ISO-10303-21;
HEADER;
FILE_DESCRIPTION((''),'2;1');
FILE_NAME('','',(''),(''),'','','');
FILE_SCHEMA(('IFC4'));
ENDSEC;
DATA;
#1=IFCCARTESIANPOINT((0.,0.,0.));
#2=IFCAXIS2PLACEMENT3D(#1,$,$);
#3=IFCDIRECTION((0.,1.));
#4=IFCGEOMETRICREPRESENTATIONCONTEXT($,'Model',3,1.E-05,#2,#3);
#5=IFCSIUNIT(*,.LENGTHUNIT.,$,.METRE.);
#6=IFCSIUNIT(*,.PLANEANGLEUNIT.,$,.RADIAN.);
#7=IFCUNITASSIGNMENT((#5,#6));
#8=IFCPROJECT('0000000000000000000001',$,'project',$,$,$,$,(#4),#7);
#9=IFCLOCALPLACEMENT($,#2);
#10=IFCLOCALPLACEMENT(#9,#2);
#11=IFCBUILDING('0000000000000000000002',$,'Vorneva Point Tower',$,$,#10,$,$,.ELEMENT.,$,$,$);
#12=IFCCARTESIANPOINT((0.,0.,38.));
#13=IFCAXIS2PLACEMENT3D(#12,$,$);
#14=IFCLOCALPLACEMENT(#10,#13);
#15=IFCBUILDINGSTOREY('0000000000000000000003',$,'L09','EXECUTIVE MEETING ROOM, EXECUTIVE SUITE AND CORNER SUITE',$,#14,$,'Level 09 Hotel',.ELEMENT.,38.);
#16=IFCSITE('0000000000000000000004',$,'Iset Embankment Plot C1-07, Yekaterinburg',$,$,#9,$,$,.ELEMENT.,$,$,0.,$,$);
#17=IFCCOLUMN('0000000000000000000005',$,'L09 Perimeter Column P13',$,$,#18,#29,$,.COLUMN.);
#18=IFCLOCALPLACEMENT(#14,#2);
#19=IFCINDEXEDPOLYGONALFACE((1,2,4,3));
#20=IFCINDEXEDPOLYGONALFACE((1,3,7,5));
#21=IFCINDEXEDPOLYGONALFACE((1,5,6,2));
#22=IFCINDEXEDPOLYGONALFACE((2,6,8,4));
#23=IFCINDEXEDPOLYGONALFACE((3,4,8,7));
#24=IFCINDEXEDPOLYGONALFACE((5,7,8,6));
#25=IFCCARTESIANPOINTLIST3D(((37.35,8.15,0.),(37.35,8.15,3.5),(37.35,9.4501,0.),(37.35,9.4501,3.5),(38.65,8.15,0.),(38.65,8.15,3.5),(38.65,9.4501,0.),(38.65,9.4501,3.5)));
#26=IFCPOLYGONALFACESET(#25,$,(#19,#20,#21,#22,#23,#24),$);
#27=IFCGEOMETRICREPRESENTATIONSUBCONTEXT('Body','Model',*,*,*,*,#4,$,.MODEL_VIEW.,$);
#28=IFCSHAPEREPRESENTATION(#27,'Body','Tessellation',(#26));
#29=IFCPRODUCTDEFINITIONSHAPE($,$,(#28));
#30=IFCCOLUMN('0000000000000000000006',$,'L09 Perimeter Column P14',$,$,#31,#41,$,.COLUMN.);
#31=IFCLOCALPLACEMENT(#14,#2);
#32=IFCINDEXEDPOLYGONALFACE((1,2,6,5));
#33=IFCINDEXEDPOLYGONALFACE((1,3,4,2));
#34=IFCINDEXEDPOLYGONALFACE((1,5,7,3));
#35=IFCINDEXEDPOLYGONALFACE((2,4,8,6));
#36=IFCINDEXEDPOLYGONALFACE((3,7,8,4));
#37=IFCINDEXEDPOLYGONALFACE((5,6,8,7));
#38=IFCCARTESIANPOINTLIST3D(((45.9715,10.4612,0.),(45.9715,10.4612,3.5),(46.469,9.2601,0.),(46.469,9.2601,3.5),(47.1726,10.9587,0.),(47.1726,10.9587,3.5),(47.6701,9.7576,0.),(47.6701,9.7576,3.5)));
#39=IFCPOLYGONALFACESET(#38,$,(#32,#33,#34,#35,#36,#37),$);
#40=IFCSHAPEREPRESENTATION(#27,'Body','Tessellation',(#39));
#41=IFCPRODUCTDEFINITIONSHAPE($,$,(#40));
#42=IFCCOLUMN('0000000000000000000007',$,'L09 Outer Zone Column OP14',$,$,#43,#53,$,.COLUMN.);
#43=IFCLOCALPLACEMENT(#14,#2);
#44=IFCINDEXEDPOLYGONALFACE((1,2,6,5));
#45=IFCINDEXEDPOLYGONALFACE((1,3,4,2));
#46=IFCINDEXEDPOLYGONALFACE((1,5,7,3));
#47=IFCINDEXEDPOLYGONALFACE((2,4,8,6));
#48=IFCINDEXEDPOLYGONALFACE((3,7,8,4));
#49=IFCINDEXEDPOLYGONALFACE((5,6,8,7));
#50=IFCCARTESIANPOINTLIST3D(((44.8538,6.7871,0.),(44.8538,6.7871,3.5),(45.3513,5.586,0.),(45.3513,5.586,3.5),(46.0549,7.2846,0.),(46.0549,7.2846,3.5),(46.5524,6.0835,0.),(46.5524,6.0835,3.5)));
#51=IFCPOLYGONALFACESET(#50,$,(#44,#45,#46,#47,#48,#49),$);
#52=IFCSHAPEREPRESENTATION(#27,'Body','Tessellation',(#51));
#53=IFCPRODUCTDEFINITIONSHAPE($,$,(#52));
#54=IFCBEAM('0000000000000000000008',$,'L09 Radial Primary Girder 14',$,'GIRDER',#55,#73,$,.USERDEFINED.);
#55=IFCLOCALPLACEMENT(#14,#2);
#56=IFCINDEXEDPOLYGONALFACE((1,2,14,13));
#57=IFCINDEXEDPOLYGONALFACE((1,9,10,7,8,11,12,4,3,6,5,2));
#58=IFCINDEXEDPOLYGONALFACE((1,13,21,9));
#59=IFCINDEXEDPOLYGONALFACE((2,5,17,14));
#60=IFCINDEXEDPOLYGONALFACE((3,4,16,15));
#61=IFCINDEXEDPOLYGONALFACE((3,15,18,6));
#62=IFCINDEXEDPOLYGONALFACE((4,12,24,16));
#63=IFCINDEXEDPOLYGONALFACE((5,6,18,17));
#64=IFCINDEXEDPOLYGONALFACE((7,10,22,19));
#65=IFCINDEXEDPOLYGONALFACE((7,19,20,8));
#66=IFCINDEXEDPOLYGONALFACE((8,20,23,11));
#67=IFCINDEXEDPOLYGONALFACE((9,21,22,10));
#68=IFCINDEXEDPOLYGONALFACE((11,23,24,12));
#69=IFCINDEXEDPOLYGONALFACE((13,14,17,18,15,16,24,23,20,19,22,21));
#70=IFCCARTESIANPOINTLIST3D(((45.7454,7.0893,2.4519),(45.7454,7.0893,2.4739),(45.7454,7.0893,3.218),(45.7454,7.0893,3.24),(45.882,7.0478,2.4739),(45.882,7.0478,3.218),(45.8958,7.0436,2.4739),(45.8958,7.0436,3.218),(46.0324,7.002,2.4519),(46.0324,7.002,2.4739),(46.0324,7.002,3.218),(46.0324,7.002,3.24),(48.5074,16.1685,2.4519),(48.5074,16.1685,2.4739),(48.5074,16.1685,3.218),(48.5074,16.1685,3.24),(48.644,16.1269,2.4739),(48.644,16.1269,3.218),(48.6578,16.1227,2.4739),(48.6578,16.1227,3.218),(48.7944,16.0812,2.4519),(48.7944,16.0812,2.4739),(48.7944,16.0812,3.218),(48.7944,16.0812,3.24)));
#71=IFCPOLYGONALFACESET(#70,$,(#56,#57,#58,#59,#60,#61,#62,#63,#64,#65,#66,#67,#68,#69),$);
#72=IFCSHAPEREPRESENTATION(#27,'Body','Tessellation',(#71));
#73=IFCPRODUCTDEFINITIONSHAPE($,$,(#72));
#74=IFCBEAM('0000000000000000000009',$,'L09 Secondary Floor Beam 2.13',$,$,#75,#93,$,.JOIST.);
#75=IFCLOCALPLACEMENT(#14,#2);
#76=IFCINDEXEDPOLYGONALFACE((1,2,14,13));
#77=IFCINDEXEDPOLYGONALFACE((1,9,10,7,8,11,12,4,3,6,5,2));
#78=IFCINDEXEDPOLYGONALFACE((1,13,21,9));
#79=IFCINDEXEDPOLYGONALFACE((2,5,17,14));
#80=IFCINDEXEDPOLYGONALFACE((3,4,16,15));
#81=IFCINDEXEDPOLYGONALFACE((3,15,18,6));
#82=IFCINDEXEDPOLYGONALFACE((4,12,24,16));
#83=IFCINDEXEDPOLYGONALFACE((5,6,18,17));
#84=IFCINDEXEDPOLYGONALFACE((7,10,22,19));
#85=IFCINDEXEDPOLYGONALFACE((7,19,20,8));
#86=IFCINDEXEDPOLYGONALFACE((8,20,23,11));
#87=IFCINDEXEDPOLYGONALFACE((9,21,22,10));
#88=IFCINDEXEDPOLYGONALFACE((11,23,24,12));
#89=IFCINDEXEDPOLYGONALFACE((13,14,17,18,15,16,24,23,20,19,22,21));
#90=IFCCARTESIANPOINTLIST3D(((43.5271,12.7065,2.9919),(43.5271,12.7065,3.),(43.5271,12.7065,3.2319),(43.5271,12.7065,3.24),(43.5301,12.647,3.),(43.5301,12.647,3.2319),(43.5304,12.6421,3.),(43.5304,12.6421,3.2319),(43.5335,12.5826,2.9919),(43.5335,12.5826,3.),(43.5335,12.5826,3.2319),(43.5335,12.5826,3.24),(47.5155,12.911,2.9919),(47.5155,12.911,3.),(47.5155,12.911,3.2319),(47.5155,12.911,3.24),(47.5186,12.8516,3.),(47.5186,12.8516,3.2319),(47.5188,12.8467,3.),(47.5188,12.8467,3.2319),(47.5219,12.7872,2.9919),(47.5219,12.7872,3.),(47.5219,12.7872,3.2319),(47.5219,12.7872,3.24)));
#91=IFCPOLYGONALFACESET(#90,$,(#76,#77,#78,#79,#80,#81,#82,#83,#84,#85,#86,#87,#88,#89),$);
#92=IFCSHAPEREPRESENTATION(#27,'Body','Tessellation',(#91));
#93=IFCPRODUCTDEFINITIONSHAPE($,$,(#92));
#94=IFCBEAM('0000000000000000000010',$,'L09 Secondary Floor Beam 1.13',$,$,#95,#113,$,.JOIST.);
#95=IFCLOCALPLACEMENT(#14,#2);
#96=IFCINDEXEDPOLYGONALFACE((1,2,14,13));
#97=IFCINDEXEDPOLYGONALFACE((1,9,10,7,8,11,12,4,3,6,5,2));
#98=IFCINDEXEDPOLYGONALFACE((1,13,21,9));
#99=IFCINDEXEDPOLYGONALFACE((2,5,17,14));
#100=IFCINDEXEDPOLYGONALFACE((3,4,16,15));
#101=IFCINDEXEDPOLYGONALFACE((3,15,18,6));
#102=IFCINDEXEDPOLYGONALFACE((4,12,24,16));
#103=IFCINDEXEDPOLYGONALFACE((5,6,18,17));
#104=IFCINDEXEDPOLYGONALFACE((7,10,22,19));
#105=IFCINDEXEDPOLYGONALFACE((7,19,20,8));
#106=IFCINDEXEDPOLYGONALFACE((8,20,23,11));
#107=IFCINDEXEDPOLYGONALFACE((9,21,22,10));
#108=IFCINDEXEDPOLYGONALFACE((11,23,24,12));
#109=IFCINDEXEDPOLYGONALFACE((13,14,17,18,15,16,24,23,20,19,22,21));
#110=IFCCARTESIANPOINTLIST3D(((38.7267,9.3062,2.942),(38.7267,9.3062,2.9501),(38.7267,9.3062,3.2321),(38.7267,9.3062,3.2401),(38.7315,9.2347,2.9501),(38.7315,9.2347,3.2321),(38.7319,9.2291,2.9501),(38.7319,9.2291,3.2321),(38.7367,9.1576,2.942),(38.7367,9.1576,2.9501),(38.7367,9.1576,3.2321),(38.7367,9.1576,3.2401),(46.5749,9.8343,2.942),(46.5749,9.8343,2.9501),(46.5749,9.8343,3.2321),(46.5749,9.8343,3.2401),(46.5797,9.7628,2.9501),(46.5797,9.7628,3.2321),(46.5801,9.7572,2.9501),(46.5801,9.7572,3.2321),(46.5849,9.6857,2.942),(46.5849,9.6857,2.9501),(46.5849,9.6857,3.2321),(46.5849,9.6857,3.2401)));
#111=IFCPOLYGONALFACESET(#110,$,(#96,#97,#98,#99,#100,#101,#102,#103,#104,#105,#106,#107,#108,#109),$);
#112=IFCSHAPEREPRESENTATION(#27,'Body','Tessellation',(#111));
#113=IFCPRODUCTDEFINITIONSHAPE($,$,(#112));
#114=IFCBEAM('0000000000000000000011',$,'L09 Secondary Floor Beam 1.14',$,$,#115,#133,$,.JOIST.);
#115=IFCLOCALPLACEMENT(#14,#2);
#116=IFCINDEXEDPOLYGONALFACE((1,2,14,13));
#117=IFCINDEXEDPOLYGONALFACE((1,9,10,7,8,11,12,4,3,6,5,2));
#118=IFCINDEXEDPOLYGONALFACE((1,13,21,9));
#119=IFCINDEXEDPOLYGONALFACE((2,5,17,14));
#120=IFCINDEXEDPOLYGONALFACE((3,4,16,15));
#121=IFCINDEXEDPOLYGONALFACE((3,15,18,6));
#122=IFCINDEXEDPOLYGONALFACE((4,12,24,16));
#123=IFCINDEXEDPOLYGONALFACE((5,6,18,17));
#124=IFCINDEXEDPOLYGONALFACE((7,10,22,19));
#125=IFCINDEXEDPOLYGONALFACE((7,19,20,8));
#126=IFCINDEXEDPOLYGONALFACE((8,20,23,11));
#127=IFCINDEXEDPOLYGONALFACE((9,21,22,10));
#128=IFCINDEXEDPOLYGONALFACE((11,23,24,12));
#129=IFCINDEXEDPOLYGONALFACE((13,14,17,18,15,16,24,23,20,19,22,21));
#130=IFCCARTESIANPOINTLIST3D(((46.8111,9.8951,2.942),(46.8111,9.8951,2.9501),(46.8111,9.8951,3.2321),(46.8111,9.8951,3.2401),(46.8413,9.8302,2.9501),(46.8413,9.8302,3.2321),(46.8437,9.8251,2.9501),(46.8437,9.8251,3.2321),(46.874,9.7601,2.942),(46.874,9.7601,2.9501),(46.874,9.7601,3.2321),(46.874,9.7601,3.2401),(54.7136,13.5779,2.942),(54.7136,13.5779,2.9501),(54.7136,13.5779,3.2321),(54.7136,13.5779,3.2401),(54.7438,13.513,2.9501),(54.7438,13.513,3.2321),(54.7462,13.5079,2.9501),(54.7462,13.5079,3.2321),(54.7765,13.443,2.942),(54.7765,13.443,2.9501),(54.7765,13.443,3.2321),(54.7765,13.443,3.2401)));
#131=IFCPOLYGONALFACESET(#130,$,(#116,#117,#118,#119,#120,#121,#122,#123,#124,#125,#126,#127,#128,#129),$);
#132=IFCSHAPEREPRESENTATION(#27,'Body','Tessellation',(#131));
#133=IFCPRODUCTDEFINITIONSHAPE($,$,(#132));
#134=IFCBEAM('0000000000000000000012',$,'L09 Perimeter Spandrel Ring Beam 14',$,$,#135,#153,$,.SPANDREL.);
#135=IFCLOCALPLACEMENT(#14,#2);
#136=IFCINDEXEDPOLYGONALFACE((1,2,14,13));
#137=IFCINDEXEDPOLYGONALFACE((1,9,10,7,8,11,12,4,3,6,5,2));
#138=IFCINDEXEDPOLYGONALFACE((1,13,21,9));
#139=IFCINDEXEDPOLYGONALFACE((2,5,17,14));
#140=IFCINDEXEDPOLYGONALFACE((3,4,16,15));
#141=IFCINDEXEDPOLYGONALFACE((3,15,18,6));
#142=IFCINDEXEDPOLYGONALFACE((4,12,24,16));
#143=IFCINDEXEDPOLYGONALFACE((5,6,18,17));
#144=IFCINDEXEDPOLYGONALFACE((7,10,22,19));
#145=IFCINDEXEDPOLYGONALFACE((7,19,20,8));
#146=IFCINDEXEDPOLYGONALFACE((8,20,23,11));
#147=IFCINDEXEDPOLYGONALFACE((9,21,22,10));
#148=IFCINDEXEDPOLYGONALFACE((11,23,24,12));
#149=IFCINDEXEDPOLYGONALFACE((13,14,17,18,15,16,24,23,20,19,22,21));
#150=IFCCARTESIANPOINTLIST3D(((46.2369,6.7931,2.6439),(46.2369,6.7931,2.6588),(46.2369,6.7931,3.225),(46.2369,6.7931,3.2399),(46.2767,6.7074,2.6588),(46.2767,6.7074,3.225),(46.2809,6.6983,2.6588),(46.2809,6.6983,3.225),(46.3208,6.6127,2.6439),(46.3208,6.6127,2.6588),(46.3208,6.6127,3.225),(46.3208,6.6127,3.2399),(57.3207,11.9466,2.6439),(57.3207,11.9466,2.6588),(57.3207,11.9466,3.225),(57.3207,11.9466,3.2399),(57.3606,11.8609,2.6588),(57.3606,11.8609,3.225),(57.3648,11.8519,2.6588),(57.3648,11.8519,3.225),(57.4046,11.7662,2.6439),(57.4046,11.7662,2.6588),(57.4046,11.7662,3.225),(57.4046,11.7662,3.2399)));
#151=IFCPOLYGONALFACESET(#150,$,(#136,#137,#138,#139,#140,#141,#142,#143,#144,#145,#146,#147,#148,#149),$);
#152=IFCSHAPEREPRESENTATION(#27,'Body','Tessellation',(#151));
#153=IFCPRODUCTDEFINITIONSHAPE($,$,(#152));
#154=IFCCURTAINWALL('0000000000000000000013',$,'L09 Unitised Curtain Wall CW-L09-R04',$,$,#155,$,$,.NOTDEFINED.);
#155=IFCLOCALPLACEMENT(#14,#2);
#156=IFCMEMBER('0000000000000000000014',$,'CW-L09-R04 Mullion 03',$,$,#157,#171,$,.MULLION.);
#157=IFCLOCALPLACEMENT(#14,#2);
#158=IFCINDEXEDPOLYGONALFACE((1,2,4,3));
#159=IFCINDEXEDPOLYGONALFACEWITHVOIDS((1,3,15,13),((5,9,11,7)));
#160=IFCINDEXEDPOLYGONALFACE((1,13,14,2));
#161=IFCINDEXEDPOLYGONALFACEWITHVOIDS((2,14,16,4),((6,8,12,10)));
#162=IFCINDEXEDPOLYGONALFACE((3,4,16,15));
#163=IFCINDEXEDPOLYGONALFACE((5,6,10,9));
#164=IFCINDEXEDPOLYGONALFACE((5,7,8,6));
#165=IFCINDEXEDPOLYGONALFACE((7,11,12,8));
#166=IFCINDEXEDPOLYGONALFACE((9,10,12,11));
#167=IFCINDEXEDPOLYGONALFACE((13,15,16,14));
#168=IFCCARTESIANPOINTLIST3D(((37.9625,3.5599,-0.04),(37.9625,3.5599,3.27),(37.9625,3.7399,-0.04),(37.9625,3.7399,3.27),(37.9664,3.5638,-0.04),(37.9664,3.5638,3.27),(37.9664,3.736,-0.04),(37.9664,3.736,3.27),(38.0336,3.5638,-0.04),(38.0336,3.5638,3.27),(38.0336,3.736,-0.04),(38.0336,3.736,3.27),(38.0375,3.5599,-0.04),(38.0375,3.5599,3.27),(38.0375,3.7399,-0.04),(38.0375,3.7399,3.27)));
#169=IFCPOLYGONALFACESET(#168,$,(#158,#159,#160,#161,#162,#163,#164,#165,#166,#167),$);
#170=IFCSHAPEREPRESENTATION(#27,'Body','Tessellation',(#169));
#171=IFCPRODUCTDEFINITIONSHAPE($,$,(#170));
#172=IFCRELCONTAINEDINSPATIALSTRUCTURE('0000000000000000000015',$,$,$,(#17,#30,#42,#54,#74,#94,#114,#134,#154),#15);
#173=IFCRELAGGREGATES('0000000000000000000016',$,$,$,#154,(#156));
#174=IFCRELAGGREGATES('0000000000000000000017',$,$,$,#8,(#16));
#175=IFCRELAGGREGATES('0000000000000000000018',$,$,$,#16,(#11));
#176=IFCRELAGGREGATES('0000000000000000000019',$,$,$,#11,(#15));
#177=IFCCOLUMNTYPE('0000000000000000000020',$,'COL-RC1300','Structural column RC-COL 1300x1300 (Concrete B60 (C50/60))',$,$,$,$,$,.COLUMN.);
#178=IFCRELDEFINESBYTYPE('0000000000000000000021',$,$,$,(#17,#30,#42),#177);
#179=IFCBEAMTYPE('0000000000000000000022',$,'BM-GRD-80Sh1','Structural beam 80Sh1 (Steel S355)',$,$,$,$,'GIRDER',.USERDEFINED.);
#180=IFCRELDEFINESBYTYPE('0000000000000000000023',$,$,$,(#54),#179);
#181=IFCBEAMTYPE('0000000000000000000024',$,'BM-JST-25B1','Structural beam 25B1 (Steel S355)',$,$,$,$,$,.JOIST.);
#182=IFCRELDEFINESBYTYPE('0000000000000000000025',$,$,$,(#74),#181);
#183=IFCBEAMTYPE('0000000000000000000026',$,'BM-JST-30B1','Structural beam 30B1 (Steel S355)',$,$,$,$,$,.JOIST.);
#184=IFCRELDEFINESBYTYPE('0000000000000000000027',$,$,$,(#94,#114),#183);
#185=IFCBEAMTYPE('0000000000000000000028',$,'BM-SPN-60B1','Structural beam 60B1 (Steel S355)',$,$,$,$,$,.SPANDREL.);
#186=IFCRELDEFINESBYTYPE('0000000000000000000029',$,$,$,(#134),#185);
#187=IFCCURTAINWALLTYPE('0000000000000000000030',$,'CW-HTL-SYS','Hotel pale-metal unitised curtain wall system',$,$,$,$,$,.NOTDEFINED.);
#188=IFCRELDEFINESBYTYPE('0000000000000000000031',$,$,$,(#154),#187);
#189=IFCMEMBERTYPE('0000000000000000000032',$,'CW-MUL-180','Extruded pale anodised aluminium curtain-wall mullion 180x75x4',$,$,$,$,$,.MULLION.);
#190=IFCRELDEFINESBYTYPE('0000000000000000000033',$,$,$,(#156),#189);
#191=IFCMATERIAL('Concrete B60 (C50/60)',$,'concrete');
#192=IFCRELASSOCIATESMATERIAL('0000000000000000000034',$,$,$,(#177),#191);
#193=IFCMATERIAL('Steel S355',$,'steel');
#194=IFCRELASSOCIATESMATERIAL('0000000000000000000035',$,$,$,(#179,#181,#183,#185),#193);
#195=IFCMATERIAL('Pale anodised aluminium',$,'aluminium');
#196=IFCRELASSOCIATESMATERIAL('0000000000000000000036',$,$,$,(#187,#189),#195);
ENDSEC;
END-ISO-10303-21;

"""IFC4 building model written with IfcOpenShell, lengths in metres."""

from ifc_helpers import new_model, si_unit, direction, frame, origin, origin_2d, place, context, subcontext, project, spatial, rectangle, hollow_rectangle, i_section, extrude, material, material_profile, profile_set, type_object, element, aggregate, save


model = new_model("IFC4")

# Units and contexts
model_context = context("Model", 3, precision=1e-05, world=origin(), true_north=direction((0.0, 1.0)))
body_context = subcontext(model_context, "Body", "Model", "MODEL_VIEW")
ifc_project = project(units=[si_unit("LENGTHUNIT", "METRE"), si_unit("PLANEANGLEUNIT", "RADIAN")], contexts=[model_context])

# Site, building, storey
site_placement = place(None, origin())
site = spatial("IfcSite", under=ifc_project, at=site_placement, Name="Iset Embankment Plot C1-07, Yekaterinburg", CompositionType="ELEMENT", RefElevation=0.0)
building_placement = place(site_placement, origin())
building = spatial("IfcBuilding", under=site, at=building_placement, Name="Vorneva Point Tower", CompositionType="ELEMENT")
storey_placement = place(building_placement, frame((0.0, 0.0, 38.0)))
storey = spatial("IfcBuildingStorey", under=building, at=storey_placement, Name="L09", Description="EXECUTIVE MEETING ROOM, EXECUTIVE SUITE AND CORNER SUITE", LongName="Level 09 Hotel", CompositionType="ELEMENT", Elevation=38.0)

# Columns
ifc_material_1 = material(Name="Concrete B60 (C50/60)", Category="concrete")
ifc_material_profile_1 = material_profile(ifc_material_1, rectangle(XDim=1.3, YDim=1.3, at=origin_2d()), Name="RC-COL 1300x1300")
ifc_profile_set_1 = profile_set([ifc_material_profile_1], Name="Concrete B60 (C50/60)")
column_type = type_object("IfcColumnType", Name="COL-RC1300", Description="Structural column RC-COL 1300x1300 (Concrete B60 (C50/60))", PredefinedType="COLUMN", material=ifc_profile_set_1)
for number, where, z_axis, x_axis, name in (
    (1, (38.0, 8.8, 0.0), (0.0, 0.0, 1.0), (0.0, -1.0, 0.0), "L09 Perimeter Column P13"),
    (2, (46.8208, 10.1094, 0.0), (0.0, 0.0, 1.0), (0.382683, -0.92388, 0.0), "L09 Perimeter Column P14"),
    (3, (45.7031, 6.4353, 0.0), (0.0, 0.0, 1.0), (0.382683, -0.92388, 0.0), "L09 Outer Zone Column OP14"),
):
    element("IfcColumn", number, at=place(storey_placement, frame(where, z_axis=z_axis, x_axis=x_axis)), inside=storey, type_object=column_type, Name=name, PredefinedType="COLUMN", context=body_context, shape_type="SweptSolid", body=[
        extrude(rectangle(XDim=1.3, YDim=1.3, at=origin_2d()), origin(), (0.0, 0.0, 1.0), 3.5),
    ])

# Beams
ifc_material_2 = material(Name="Steel S355", Category="steel")
ifc_material_profile_2 = material_profile(ifc_material_2, i_section(OverallWidth=0.3, OverallDepth=0.7881, WebThickness=0.0144, FlangeThickness=0.022, at=origin_2d()), Name="80Sh1")
ifc_profile_set_2 = profile_set([ifc_material_profile_2], Name="Steel S355")
beam_type_1 = type_object("IfcBeamType", Name="BM-GRD-80Sh1", Description="Structural beam 80Sh1 (Steel S355)", ElementType="GIRDER", PredefinedType="USERDEFINED", material=ifc_profile_set_2)
beam_1_placement = place(storey_placement, frame((45.8889, 7.0457, 2.8459), z_axis=(0.291042, 0.95671, 0.0), x_axis=(-0.95671, 0.291042, 0.0)))
element("IfcBeam", 4, at=beam_1_placement, inside=storey, type_object=beam_type_1, Name="L09 Radial Primary Girder 14", ObjectType="GIRDER", PredefinedType="USERDEFINED", context=body_context, shape_type="SweptSolid", body=[
    extrude(i_section(OverallWidth=0.3, OverallDepth=0.7881, WebThickness=0.0144, FlangeThickness=0.022, at=origin_2d()), origin(), (0.0, 0.0, 1.0), 9.49),
])
ifc_material_profile_3 = material_profile(ifc_material_2, i_section(OverallWidth=0.124, OverallDepth=0.248, WebThickness=0.0049, FlangeThickness=0.0081, at=origin_2d()), Name="25B1")
ifc_profile_set_3 = profile_set([ifc_material_profile_3], Name="Steel S355")
beam_type_2 = type_object("IfcBeamType", Name="BM-JST-25B1", Description="Structural beam 25B1 (Steel S355)", PredefinedType="JOIST", material=ifc_profile_set_3)
beam_2_placement = place(storey_placement, frame((43.5303, 12.6445, 3.116), z_axis=(0.998687, 0.051227, 0.0), x_axis=(-0.051227, 0.998687, 0.0)))
element("IfcBeam", 5, at=beam_2_placement, inside=storey, type_object=beam_type_2, Name="L09 Secondary Floor Beam 2.13", PredefinedType="JOIST", context=body_context, shape_type="SweptSolid", body=[
    extrude(i_section(OverallWidth=0.124, OverallDepth=0.248, WebThickness=0.0049, FlangeThickness=0.0081, at=origin_2d()), origin(), (0.0, 0.0, 1.0), 3.9937),
])
ifc_material_profile_4 = material_profile(ifc_material_2, i_section(OverallWidth=0.1489, OverallDepth=0.2981, WebThickness=0.0056, FlangeThickness=0.0081, at=origin_2d()), Name="30B1")
ifc_profile_set_4 = profile_set([ifc_material_profile_4], Name="Steel S355")
beam_type_3 = type_object("IfcBeamType", Name="BM-JST-30B1", Description="Structural beam 30B1 (Steel S355)", PredefinedType="JOIST", material=ifc_profile_set_4)
beam_3_placement = place(storey_placement, frame((38.7317, 9.2319, 3.0911), z_axis=(0.997744, 0.067135, 0.0), x_axis=(-0.067135, 0.997744, 0.0)))
element("IfcBeam", 6, at=beam_3_placement, inside=storey, type_object=beam_type_3, Name="L09 Secondary Floor Beam 1.13", PredefinedType="JOIST", context=body_context, shape_type="SweptSolid", body=[
    extrude(i_section(OverallWidth=0.1489, OverallDepth=0.2981, WebThickness=0.0056, FlangeThickness=0.0081, at=origin_2d()), origin(), (0.0, 0.0, 1.0), 7.866),
])
beam_4_placement = place(storey_placement, frame((46.8425, 9.8276, 3.0911), z_axis=(0.906403, 0.422413, 0.0), x_axis=(-0.422413, 0.906403, 0.0)))
element("IfcBeam", 7, at=beam_4_placement, inside=storey, type_object=beam_type_3, Name="L09 Secondary Floor Beam 1.14", PredefinedType="JOIST", context=body_context, shape_type="SweptSolid", body=[
    extrude(i_section(OverallWidth=0.1489, OverallDepth=0.2981, WebThickness=0.0056, FlangeThickness=0.0081, at=origin_2d()), origin(), (0.0, 0.0, 1.0), 8.7185),
])
ifc_material_profile_5 = material_profile(ifc_material_2, i_section(OverallWidth=0.199, OverallDepth=0.5959, WebThickness=0.01, FlangeThickness=0.0149, at=origin_2d()), Name="60B1")
ifc_profile_set_5 = profile_set([ifc_material_profile_5], Name="Steel S355")
beam_type_4 = type_object("IfcBeamType", Name="BM-SPN-60B1", Description="Structural beam 60B1 (Steel S355)", PredefinedType="SPANDREL", material=ifc_profile_set_5)
beam_5_placement = place(storey_placement, frame((46.2788, 6.7029, 2.9419), z_axis=(0.906777, 0.421611, 0.0), x_axis=(-0.421611, 0.906777, 0.0)))
element("IfcBeam", 8, at=beam_5_placement, inside=storey, type_object=beam_type_4, Name="L09 Perimeter Spandrel Ring Beam 14", PredefinedType="SPANDREL", context=body_context, shape_type="SweptSolid", body=[
    extrude(i_section(OverallWidth=0.199, OverallDepth=0.5959, WebThickness=0.01, FlangeThickness=0.0149, at=origin_2d()), origin(), (0.0, 0.0, 1.0), 12.2234),
])

# Curtain wall, member
ifc_material_3 = material(Name="Pale anodised aluminium", Category="aluminium")
curtain_wall_type = type_object("IfcCurtainWallType", Name="CW-HTL-SYS", Description="Hotel pale-metal unitised curtain wall system", PredefinedType="NOTDEFINED", material=ifc_material_3)
curtain_wall_placement = place(storey_placement, origin())
curtain_wall = element("IfcCurtainWall", 9, at=curtain_wall_placement, inside=storey, type_object=curtain_wall_type, Name="L09 Unitised Curtain Wall CW-L09-R04", PredefinedType="NOTDEFINED")
ifc_material_profile_6 = material_profile(ifc_material_3, hollow_rectangle(XDim=0.075, YDim=0.1799, WallThickness=0.0039, at=origin_2d()), Name="AL-MUL 180x75x4")
ifc_profile_set_6 = profile_set([ifc_material_profile_6], Name="Pale anodised aluminium")
member_type_1 = type_object("IfcMemberType", Name="CW-MUL-180", Description="Extruded pale anodised aluminium curtain-wall mullion 180x75x4", PredefinedType="MULLION", material=ifc_profile_set_6)
member_1_placement = place(storey_placement, frame((38.0, 3.6499, -0.04), z_axis=(0.0, 0.0, 1.0), x_axis=(1.0, 0.0, 0.0)))
member_1 = element("IfcMember", 10, at=member_1_placement, type_object=member_type_1, Name="CW-L09-R04 Mullion 03", PredefinedType="MULLION", context=body_context, shape_type="SweptSolid", body=[
    extrude(hollow_rectangle(XDim=0.075, YDim=0.1799, WallThickness=0.0039, at=origin_2d()), origin(), (0.0, 0.0, 1.0), 3.3101),
])
aggregate(curtain_wall, [member_1])

save(model, "model.ifc")
